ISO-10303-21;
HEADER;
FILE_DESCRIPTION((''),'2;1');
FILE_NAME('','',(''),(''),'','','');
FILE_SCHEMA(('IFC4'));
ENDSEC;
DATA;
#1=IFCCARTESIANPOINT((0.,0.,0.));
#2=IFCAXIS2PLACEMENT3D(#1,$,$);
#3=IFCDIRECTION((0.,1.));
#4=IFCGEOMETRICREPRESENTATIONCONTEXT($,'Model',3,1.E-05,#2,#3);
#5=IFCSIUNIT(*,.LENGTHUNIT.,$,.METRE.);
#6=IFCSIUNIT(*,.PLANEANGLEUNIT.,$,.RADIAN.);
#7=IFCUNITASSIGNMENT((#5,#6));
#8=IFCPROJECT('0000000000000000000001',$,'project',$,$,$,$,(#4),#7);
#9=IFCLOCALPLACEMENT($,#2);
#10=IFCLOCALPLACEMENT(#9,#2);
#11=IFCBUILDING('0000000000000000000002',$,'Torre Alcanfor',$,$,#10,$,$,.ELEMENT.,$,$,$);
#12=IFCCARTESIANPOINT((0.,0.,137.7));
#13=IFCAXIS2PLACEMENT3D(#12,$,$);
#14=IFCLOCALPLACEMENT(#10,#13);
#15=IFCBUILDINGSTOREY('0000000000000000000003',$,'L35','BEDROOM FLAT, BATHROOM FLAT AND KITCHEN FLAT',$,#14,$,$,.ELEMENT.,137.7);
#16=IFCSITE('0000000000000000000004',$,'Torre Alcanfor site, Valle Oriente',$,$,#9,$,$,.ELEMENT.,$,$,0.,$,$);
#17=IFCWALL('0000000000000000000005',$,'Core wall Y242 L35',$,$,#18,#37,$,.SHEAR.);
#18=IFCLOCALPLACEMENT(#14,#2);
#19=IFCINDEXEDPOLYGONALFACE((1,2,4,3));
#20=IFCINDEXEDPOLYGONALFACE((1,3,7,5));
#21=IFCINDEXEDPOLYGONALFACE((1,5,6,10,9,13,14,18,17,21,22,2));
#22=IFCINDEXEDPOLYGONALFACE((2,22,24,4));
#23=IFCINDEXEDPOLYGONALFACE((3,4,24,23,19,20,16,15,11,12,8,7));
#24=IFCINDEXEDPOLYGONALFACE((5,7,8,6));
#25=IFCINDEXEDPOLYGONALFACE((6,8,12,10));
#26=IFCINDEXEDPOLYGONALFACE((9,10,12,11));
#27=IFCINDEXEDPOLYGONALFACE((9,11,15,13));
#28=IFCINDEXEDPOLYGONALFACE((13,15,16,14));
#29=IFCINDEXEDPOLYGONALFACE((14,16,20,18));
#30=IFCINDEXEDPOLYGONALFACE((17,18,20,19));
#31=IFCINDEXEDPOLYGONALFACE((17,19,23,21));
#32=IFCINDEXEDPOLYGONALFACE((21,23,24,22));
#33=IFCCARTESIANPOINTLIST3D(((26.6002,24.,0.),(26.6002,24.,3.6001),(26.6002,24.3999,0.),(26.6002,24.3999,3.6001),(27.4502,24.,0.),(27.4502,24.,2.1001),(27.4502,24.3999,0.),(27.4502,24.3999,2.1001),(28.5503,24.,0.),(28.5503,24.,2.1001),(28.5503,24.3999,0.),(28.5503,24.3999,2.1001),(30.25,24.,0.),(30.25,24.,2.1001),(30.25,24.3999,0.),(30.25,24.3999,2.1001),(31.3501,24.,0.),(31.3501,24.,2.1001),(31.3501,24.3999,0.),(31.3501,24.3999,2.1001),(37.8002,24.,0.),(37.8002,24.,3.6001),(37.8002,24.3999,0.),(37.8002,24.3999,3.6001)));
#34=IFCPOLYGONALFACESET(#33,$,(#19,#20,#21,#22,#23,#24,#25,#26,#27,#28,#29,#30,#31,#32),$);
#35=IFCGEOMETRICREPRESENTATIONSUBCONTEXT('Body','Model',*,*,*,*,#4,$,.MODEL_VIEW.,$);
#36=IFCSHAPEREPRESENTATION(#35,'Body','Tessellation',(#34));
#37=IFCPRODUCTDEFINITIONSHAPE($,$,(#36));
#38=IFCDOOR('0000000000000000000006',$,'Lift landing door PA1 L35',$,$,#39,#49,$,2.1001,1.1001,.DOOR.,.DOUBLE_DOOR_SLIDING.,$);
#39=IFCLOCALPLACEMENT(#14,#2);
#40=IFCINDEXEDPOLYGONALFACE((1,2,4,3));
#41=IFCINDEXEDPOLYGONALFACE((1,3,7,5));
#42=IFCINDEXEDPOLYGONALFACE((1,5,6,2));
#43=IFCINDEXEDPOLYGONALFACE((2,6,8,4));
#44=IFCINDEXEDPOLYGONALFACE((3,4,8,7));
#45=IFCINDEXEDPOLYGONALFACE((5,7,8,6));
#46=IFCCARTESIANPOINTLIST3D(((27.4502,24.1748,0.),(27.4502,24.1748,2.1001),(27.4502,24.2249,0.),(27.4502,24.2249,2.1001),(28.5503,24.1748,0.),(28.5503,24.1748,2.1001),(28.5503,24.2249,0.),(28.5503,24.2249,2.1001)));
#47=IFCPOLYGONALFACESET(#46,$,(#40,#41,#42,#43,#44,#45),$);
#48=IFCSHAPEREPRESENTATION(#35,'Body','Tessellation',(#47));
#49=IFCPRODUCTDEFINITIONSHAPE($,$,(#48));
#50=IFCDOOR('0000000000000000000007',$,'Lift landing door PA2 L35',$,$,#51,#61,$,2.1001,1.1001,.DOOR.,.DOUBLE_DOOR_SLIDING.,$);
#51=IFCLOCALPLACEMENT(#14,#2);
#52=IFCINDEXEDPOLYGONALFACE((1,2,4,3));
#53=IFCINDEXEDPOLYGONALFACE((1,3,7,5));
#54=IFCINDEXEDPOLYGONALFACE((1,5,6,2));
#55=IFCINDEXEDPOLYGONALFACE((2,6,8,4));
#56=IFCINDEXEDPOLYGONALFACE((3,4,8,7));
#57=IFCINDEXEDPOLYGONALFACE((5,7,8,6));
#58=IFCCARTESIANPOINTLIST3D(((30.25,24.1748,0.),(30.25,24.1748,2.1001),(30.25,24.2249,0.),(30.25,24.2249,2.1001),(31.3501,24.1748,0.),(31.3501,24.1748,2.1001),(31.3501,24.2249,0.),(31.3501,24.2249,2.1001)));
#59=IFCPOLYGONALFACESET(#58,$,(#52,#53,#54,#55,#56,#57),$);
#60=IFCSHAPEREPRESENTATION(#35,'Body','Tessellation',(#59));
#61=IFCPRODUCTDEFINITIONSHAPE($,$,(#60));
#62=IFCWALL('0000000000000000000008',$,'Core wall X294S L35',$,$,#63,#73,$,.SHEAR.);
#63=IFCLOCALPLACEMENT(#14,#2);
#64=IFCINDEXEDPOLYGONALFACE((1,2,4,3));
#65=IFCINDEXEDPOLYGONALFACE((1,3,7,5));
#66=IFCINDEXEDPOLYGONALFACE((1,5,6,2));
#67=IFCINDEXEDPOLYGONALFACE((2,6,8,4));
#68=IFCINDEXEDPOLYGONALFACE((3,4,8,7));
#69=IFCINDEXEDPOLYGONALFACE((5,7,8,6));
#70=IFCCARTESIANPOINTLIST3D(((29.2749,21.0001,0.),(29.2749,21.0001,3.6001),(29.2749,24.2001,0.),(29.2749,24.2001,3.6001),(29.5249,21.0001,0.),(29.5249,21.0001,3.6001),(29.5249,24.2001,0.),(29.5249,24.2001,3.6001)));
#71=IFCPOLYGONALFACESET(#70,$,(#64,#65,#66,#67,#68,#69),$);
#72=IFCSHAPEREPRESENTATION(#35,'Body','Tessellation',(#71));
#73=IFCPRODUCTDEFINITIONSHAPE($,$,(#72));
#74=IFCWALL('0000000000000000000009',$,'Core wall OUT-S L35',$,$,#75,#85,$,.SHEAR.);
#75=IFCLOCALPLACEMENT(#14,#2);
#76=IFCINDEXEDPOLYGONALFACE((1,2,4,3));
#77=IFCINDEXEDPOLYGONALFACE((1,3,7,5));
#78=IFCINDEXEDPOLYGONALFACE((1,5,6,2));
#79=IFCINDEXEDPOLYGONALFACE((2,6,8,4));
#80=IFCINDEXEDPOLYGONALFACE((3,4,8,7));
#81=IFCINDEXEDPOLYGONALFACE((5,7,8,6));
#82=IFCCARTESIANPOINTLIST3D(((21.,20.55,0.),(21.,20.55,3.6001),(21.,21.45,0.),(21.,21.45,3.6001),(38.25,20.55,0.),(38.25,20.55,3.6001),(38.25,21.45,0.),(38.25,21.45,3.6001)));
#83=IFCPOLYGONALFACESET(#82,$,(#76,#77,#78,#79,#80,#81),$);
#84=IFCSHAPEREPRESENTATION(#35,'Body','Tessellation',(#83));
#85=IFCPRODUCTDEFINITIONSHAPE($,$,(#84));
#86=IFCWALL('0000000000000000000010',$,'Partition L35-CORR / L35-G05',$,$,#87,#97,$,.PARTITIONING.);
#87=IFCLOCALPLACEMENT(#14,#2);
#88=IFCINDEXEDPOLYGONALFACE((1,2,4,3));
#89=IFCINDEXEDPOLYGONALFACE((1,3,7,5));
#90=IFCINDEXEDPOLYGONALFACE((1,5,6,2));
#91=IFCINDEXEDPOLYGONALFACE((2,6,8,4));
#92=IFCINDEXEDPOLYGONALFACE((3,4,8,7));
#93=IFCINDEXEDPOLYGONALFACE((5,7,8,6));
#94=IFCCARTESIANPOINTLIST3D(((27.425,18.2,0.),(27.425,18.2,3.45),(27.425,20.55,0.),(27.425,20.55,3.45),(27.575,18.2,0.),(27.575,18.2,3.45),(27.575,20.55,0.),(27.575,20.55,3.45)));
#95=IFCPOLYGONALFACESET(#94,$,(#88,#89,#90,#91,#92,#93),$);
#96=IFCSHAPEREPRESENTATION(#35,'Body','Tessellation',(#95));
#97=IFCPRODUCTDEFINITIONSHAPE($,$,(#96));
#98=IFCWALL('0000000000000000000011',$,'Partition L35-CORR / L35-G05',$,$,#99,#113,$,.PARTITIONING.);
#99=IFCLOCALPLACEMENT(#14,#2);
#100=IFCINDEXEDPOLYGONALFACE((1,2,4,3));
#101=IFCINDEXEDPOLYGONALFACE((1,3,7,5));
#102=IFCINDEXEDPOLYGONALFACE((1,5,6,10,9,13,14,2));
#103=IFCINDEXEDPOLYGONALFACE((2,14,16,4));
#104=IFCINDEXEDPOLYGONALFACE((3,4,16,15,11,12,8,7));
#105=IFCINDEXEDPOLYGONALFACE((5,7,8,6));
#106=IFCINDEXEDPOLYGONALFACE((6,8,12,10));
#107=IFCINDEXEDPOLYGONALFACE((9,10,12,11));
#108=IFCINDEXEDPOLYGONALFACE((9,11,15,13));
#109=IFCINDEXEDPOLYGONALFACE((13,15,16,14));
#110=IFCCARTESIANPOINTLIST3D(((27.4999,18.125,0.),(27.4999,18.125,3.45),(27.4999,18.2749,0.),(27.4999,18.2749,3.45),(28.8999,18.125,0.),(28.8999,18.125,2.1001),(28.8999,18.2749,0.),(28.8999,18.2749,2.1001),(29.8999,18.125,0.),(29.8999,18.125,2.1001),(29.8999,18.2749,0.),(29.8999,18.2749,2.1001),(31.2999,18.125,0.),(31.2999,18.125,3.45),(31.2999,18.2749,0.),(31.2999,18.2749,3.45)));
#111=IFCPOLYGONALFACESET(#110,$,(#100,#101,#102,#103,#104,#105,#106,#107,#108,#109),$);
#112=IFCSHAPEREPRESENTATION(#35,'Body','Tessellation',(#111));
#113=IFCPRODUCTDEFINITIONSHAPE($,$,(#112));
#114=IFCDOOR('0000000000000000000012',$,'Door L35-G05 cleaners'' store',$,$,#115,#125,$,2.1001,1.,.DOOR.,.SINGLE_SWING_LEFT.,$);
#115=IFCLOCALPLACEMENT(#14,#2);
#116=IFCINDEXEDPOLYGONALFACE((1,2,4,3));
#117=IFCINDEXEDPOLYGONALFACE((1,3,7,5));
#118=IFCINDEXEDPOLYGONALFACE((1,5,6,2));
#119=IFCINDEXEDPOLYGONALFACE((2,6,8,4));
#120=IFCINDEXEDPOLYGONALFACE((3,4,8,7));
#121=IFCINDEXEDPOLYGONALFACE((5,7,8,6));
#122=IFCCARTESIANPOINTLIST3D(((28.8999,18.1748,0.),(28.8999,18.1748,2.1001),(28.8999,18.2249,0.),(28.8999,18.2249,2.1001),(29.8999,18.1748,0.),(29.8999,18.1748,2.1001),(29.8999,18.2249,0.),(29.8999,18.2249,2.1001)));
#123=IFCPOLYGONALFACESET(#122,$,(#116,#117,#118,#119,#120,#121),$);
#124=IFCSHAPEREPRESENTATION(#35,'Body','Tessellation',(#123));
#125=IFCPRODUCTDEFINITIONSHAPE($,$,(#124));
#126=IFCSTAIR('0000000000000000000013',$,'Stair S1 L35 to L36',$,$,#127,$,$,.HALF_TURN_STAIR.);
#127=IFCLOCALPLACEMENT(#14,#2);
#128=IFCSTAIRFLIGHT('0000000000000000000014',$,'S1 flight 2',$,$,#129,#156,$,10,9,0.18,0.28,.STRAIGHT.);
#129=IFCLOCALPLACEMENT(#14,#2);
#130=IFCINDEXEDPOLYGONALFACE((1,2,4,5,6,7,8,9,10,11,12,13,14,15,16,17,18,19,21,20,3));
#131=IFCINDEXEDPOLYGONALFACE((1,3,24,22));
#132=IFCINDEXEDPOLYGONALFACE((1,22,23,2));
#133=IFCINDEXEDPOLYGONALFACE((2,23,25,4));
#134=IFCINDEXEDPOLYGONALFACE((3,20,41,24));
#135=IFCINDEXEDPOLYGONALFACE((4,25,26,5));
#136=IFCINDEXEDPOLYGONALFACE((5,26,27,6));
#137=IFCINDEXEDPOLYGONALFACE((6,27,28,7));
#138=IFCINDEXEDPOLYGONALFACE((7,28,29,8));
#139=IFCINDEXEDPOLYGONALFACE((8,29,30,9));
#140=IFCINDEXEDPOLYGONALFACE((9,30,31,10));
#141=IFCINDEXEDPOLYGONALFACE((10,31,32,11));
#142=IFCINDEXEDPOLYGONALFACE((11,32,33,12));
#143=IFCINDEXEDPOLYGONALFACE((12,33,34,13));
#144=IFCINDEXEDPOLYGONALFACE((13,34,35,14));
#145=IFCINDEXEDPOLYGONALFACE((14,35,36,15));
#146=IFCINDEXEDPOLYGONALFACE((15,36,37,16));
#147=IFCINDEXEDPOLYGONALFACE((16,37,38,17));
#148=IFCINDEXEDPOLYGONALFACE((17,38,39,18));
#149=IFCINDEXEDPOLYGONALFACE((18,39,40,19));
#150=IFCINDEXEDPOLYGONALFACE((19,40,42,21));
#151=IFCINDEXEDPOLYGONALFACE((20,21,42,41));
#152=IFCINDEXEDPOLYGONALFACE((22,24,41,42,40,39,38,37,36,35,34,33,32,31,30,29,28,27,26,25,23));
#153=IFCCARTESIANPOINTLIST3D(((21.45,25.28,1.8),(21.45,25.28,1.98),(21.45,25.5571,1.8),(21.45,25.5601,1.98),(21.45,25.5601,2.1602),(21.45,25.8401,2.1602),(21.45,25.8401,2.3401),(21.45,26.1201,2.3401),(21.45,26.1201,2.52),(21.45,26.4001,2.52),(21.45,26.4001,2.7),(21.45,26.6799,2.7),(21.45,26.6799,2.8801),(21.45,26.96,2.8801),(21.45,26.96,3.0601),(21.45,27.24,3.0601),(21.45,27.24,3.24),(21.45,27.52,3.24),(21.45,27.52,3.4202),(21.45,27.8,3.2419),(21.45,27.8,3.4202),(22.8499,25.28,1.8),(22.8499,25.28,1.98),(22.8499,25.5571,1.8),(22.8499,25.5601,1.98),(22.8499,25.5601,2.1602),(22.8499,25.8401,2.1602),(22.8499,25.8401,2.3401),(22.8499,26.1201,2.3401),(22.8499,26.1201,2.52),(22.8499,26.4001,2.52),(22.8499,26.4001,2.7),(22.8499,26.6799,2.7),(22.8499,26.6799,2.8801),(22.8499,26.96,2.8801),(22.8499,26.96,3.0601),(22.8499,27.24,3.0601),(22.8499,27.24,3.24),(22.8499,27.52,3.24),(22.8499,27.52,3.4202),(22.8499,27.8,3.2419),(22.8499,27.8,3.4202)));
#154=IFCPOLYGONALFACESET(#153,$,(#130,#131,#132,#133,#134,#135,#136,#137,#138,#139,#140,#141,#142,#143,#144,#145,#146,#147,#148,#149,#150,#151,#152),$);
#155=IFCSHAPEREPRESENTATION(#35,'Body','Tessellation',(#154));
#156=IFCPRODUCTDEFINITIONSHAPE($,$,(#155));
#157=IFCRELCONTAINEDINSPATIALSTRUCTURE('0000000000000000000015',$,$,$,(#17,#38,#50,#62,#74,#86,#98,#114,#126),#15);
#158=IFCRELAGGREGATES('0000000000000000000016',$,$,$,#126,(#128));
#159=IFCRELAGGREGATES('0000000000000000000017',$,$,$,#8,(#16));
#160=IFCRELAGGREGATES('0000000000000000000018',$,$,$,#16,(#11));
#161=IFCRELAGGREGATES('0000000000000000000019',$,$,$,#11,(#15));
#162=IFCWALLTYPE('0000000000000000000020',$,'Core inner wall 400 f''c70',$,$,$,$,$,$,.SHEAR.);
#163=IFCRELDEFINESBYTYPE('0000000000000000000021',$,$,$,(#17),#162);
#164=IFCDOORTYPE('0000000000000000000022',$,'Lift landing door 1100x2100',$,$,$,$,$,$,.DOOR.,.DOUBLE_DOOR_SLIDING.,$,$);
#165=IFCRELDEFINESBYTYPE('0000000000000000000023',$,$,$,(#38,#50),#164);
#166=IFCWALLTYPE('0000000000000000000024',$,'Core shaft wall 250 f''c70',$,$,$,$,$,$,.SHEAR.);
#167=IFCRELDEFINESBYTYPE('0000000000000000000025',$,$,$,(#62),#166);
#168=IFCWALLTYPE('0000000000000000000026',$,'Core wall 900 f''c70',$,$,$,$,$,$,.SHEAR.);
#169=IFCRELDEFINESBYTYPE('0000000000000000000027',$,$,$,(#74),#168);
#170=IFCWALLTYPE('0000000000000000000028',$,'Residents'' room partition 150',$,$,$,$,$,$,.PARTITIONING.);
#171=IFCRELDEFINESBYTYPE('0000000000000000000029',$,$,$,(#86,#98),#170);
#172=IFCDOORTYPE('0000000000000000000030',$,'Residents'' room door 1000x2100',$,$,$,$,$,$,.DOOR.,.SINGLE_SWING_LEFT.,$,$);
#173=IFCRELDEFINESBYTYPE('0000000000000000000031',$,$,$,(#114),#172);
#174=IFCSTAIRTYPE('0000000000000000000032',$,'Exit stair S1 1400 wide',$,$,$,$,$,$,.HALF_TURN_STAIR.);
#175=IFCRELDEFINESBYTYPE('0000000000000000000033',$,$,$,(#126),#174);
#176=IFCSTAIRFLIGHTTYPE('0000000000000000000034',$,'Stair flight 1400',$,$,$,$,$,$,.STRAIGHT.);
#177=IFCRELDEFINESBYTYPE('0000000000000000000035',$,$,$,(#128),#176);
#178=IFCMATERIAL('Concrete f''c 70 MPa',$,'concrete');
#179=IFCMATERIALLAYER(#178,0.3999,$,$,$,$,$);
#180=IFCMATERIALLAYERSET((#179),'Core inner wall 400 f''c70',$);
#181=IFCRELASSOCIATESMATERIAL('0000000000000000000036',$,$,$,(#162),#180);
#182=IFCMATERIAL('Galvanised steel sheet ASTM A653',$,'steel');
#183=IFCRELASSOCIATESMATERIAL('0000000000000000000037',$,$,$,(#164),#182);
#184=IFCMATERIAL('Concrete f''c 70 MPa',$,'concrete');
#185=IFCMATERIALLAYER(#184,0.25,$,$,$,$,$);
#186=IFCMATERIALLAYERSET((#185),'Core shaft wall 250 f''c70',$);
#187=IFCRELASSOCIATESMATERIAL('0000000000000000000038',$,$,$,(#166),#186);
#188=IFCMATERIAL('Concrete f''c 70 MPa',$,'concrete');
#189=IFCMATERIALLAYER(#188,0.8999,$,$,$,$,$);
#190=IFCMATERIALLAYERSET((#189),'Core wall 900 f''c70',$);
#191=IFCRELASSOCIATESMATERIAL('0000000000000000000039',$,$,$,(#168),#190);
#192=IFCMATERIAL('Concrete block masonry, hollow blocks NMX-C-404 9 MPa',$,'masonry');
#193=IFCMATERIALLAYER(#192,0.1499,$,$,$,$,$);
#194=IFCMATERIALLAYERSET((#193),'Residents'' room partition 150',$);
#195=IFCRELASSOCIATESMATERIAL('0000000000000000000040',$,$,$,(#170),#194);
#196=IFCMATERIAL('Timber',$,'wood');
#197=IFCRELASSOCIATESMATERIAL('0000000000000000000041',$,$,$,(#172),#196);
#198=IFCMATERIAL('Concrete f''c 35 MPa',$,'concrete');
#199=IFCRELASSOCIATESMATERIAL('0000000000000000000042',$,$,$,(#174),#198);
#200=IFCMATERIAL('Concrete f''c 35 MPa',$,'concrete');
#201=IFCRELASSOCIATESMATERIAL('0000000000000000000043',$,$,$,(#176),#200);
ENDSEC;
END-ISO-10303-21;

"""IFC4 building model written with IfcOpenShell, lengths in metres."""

from ifc_helpers import new_model, si_unit, direction, frame, frame_2d, origin, place, context, subcontext, project, spatial, polyline, rectangle, outline, extrude, material, layer, layer_set, type_object, element, fill, aggregate, save


model = new_model("IFC4")

# Units and contexts
model_context = context("Model", 3, precision=1e-05, world=origin(), true_north=direction((0.0, 1.0)))
body_context = subcontext(model_context, "Body", "Model", "MODEL_VIEW")
ifc_project = project(units=[si_unit("LENGTHUNIT", "METRE"), si_unit("PLANEANGLEUNIT", "RADIAN")], contexts=[model_context])

# Site, building, storey
site_placement = place(None, origin())
site = spatial("IfcSite", under=ifc_project, at=site_placement, Name="Torre Alcanfor site, Valle Oriente", CompositionType="ELEMENT", RefElevation=0.0)
building_placement = place(site_placement, origin())
building = spatial("IfcBuilding", under=site, at=building_placement, Name="Torre Alcanfor", CompositionType="ELEMENT")
storey_placement = place(building_placement, frame((0.0, 0.0, 137.7)))
storey = spatial("IfcBuildingStorey", under=building, at=storey_placement, Name="L35", Description="BEDROOM FLAT, BATHROOM FLAT AND KITCHEN FLAT", CompositionType="ELEMENT", Elevation=137.7)

# Shared definitions
ifc_material_1 = material(Name="Concrete f'c 70 MPa", Category="concrete")
ifc_layer_1 = layer(ifc_material_1, 0.3999)
ifc_layer_set_1 = layer_set([ifc_layer_1], Name="Core inner wall 400 f'c70")
wall_type_1 = type_object("IfcWallType", Name="Core inner wall 400 f'c70", PredefinedType="SHEAR", material=ifc_layer_set_1)

# Wall, openings, doors
wall_1_placement = place(storey_placement, frame((26.6001, 24.2, 0.0), z_axis=(0.0, 0.0, 1.0), x_axis=(1.0, 0.0, 0.0)))
wall_1 = element("IfcWall", 1, at=wall_1_placement, inside=storey, type_object=wall_type_1, Name="Core wall Y242 L35", PredefinedType="SHEAR", context=body_context, shape_type="SweptSolid", body=[
    extrude(rectangle(XDim=11.2, YDim=0.3999, at=frame_2d((5.6001, 0.0))), origin(), (0.0, 0.0, 1.0), 3.6001),
])
opening_1_placement = place(wall_1_placement, frame((0.8501, 0.0, 0.0)))
opening_1 = element("IfcOpeningElement", 2, at=opening_1_placement, cuts=wall_1, PredefinedType="OPENING", context=body_context, shape_type="SweptSolid", body=[
    extrude(rectangle(XDim=1.1001, YDim=2.1001, at=frame_2d((0.55, 1.05))), frame((0.0, 0.21, 0.0), z_axis=(0.0, -1.0, 0.0), x_axis=(1.0, 0.0, 0.0)), (0.0, 0.0, 1.0), 0.4199),
])
opening_2_placement = place(wall_1_placement, frame((3.6499, 0.0, 0.0)))
opening_2 = element("IfcOpeningElement", 3, at=opening_2_placement, cuts=wall_1, PredefinedType="OPENING", context=body_context, shape_type="SweptSolid", body=[
    extrude(rectangle(XDim=1.1001, YDim=2.1001, at=frame_2d((0.55, 1.05))), frame((0.0, 0.21, 0.0), z_axis=(0.0, -1.0, 0.0), x_axis=(1.0, 0.0, 0.0)), (0.0, 0.0, 1.0), 0.4199),
])
ifc_material_2 = material(Name="Galvanised steel sheet ASTM A653", Category="steel")
door_type_1 = type_object("IfcDoorType", Name="Lift landing door 1100x2100", OperationType="DOUBLE_DOOR_SLIDING", PredefinedType="DOOR", material=ifc_material_2)
door_1_placement = place(opening_1_placement, origin())
door_1 = element("IfcDoor", 4, at=door_1_placement, inside=storey, type_object=door_type_1, Name="Lift landing door PA1 L35", OperationType="DOUBLE_DOOR_SLIDING", OverallHeight=2.1001, OverallWidth=1.1001, PredefinedType="DOOR", context=body_context, shape_type="SweptSolid", body=[
    extrude(rectangle(XDim=1.1001, YDim=2.1001, at=frame_2d((0.55, 1.05))), frame((0.0, 0.0249, 0.0), z_axis=(0.0, -1.0, 0.0), x_axis=(1.0, 0.0, 0.0)), (0.0, 0.0, 1.0), 0.05),
])
fill(opening_1, door_1)
door_2_placement = place(opening_2_placement, origin())
door_2 = element("IfcDoor", 5, at=door_2_placement, inside=storey, type_object=door_type_1, Name="Lift landing door PA2 L35", OperationType="DOUBLE_DOOR_SLIDING", OverallHeight=2.1001, OverallWidth=1.1001, PredefinedType="DOOR", context=body_context, shape_type="SweptSolid", body=[
    extrude(rectangle(XDim=1.1001, YDim=2.1001, at=frame_2d((0.55, 1.05))), frame((0.0, 0.0249, 0.0), z_axis=(0.0, -1.0, 0.0), x_axis=(1.0, 0.0, 0.0)), (0.0, 0.0, 1.0), 0.05),
])
fill(opening_2, door_2)

# Walls
ifc_material_3 = material(Name="Concrete f'c 70 MPa", Category="concrete")
ifc_layer_2 = layer(ifc_material_3, 0.25)
ifc_layer_set_2 = layer_set([ifc_layer_2], Name="Core shaft wall 250 f'c70")
wall_type_2 = type_object("IfcWallType", Name="Core shaft wall 250 f'c70", PredefinedType="SHEAR", material=ifc_layer_set_2)
wall_2_placement = place(storey_placement, frame((29.3999, 21.0, 0.0), z_axis=(0.0, 0.0, 1.0), x_axis=(0.0, 1.0, 0.0)))
element("IfcWall", 6, at=wall_2_placement, inside=storey, type_object=wall_type_2, Name="Core wall X294S L35", PredefinedType="SHEAR", context=body_context, shape_type="SweptSolid", body=[
    extrude(rectangle(XDim=3.2, YDim=0.25, at=frame_2d((1.6001, 0.0))), origin(), (0.0, 0.0, 1.0), 3.6001),
])
ifc_material_4 = material(Name="Concrete f'c 70 MPa", Category="concrete")
ifc_layer_3 = layer(ifc_material_4, 0.8999)
ifc_layer_set_3 = layer_set([ifc_layer_3], Name="Core wall 900 f'c70")
wall_type_3 = type_object("IfcWallType", Name="Core wall 900 f'c70", PredefinedType="SHEAR", material=ifc_layer_set_3)
wall_3_placement = place(storey_placement, frame((21.0, 21.0, 0.0), z_axis=(0.0, 0.0, 1.0), x_axis=(1.0, 0.0, 0.0)))
element("IfcWall", 7, at=wall_3_placement, inside=storey, type_object=wall_type_3, Name="Core wall OUT-S L35", PredefinedType="SHEAR", context=body_context, shape_type="SweptSolid", body=[
    extrude(rectangle(XDim=17.25, YDim=0.8999, at=frame_2d((8.625, 0.0))), origin(), (0.0, 0.0, 1.0), 3.6001),
])
ifc_material_5 = material(Name="Concrete block masonry, hollow blocks NMX-C-404 9 MPa", Category="masonry")
ifc_layer_4 = layer(ifc_material_5, 0.1499)
ifc_layer_set_4 = layer_set([ifc_layer_4], Name="Residents' room partition 150")
wall_type_4 = type_object("IfcWallType", Name="Residents' room partition 150", PredefinedType="PARTITIONING", material=ifc_layer_set_4)
wall_4_placement = place(storey_placement, frame((27.5, 20.55, 0.0), z_axis=(0.0, 0.0, 1.0), x_axis=(0.0, -1.0, 0.0)))
element("IfcWall", 8, at=wall_4_placement, inside=storey, type_object=wall_type_4, Name="Partition L35-CORR / L35-G05", PredefinedType="PARTITIONING", context=body_context, shape_type="SweptSolid", body=[
    extrude(rectangle(XDim=2.3501, YDim=0.1499, at=frame_2d((1.175, 0.0))), origin(), (0.0, 0.0, 1.0), 3.45),
])

# Wall, opening, door
wall_5_placement = place(storey_placement, frame((27.5, 18.2, 0.0), z_axis=(0.0, 0.0, 1.0), x_axis=(1.0, 0.0, 0.0)))
wall_5 = element("IfcWall", 9, at=wall_5_placement, inside=storey, type_object=wall_type_4, Name="Partition L35-CORR / L35-G05", PredefinedType="PARTITIONING", context=body_context, shape_type="SweptSolid", body=[
    extrude(rectangle(XDim=3.8, YDim=0.1499, at=frame_2d((1.8999, 0.0))), origin(), (0.0, 0.0, 1.0), 3.45),
])
opening_3_placement = place(wall_5_placement, frame((1.3999, 0.0, 0.0)))
opening_3 = element("IfcOpeningElement", 10, at=opening_3_placement, cuts=wall_5, PredefinedType="OPENING", context=body_context, shape_type="SweptSolid", body=[
    extrude(rectangle(XDim=1.0, YDim=2.1001, at=frame_2d((0.5, 1.05))), frame((0.0, 0.085, 0.0), z_axis=(0.0, -1.0, 0.0), x_axis=(1.0, 0.0, 0.0)), (0.0, 0.0, 1.0), 0.1699),
])
ifc_material_6 = material(Name="Timber", Category="wood")
door_type_2 = type_object("IfcDoorType", Name="Residents' room door 1000x2100", OperationType="SINGLE_SWING_LEFT", PredefinedType="DOOR", material=ifc_material_6)
door_3_placement = place(opening_3_placement, origin())
door_3 = element("IfcDoor", 11, at=door_3_placement, inside=storey, type_object=door_type_2, Name="Door L35-G05 cleaners' store", OperationType="SINGLE_SWING_LEFT", OverallHeight=2.1001, OverallWidth=1.0, PredefinedType="DOOR", context=body_context, shape_type="SweptSolid", body=[
    extrude(rectangle(XDim=1.0, YDim=2.1001, at=frame_2d((0.5, 1.05))), frame((0.0, 0.0249, 0.0), z_axis=(0.0, -1.0, 0.0), x_axis=(1.0, 0.0, 0.0)), (0.0, 0.0, 1.0), 0.05),
])
fill(opening_3, door_3)

# Stair, stair flight
ifc_material_7 = material(Name="Concrete f'c 35 MPa", Category="concrete")
stair_type = type_object("IfcStairType", Name="Exit stair S1 1400 wide", PredefinedType="HALF_TURN_STAIR", material=ifc_material_7)
stair_placement = place(storey_placement, origin())
stair = element("IfcStair", 12, at=stair_placement, inside=storey, type_object=stair_type, Name="Stair S1 L35 to L36", PredefinedType="HALF_TURN_STAIR")
ifc_material_8 = material(Name="Concrete f'c 35 MPa", Category="concrete")
stair_flight_type = type_object("IfcStairFlightType", Name="Stair flight 1400", PredefinedType="STRAIGHT", material=ifc_material_8)
stair_flight_placement = place(storey_placement, frame((22.1499, 25.28, 1.8), z_axis=(0.0, 0.0, 1.0), x_axis=(0.0, 1.0, 0.0)))
stair_flight = element("IfcStairFlight", 13, at=stair_flight_placement, type_object=stair_flight_type, Name="S1 flight 2", NumberOfRisers=10, NumberOfTreads=9, PredefinedType="STRAIGHT", RiserHeight=0.18, TreadLength=0.28, context=body_context, shape_type="SweptSolid", body=[
    extrude(outline(polyline([(0.0, 0.0), (0.0, 0.1799), (0.28, 0.1799), (0.28, 0.3601), (0.5601, 0.3601), (0.5601, 0.54), (0.8401, 0.54), (0.8401, 0.72), (1.1201, 0.72), (1.1201, 0.8999), (1.3999, 0.8999), (1.3999, 1.0801), (1.6799, 1.0801), (1.6799, 1.26), (1.96, 1.26), (1.96, 1.4399), (2.24, 1.4399), (2.24, 1.6201), (2.52, 1.6201), (2.52, 1.8), (2.52, 1.4419), (0.2771, 0.0), (0.0, 0.0)])), frame((0.0, 0.7, 0.0), z_axis=(0.0, -1.0, 0.0), x_axis=(1.0, 0.0, 0.0)), (0.0, 0.0, 1.0), 1.3999),
])
aggregate(stair, [stair_flight])

save(model, "model.ifc")
